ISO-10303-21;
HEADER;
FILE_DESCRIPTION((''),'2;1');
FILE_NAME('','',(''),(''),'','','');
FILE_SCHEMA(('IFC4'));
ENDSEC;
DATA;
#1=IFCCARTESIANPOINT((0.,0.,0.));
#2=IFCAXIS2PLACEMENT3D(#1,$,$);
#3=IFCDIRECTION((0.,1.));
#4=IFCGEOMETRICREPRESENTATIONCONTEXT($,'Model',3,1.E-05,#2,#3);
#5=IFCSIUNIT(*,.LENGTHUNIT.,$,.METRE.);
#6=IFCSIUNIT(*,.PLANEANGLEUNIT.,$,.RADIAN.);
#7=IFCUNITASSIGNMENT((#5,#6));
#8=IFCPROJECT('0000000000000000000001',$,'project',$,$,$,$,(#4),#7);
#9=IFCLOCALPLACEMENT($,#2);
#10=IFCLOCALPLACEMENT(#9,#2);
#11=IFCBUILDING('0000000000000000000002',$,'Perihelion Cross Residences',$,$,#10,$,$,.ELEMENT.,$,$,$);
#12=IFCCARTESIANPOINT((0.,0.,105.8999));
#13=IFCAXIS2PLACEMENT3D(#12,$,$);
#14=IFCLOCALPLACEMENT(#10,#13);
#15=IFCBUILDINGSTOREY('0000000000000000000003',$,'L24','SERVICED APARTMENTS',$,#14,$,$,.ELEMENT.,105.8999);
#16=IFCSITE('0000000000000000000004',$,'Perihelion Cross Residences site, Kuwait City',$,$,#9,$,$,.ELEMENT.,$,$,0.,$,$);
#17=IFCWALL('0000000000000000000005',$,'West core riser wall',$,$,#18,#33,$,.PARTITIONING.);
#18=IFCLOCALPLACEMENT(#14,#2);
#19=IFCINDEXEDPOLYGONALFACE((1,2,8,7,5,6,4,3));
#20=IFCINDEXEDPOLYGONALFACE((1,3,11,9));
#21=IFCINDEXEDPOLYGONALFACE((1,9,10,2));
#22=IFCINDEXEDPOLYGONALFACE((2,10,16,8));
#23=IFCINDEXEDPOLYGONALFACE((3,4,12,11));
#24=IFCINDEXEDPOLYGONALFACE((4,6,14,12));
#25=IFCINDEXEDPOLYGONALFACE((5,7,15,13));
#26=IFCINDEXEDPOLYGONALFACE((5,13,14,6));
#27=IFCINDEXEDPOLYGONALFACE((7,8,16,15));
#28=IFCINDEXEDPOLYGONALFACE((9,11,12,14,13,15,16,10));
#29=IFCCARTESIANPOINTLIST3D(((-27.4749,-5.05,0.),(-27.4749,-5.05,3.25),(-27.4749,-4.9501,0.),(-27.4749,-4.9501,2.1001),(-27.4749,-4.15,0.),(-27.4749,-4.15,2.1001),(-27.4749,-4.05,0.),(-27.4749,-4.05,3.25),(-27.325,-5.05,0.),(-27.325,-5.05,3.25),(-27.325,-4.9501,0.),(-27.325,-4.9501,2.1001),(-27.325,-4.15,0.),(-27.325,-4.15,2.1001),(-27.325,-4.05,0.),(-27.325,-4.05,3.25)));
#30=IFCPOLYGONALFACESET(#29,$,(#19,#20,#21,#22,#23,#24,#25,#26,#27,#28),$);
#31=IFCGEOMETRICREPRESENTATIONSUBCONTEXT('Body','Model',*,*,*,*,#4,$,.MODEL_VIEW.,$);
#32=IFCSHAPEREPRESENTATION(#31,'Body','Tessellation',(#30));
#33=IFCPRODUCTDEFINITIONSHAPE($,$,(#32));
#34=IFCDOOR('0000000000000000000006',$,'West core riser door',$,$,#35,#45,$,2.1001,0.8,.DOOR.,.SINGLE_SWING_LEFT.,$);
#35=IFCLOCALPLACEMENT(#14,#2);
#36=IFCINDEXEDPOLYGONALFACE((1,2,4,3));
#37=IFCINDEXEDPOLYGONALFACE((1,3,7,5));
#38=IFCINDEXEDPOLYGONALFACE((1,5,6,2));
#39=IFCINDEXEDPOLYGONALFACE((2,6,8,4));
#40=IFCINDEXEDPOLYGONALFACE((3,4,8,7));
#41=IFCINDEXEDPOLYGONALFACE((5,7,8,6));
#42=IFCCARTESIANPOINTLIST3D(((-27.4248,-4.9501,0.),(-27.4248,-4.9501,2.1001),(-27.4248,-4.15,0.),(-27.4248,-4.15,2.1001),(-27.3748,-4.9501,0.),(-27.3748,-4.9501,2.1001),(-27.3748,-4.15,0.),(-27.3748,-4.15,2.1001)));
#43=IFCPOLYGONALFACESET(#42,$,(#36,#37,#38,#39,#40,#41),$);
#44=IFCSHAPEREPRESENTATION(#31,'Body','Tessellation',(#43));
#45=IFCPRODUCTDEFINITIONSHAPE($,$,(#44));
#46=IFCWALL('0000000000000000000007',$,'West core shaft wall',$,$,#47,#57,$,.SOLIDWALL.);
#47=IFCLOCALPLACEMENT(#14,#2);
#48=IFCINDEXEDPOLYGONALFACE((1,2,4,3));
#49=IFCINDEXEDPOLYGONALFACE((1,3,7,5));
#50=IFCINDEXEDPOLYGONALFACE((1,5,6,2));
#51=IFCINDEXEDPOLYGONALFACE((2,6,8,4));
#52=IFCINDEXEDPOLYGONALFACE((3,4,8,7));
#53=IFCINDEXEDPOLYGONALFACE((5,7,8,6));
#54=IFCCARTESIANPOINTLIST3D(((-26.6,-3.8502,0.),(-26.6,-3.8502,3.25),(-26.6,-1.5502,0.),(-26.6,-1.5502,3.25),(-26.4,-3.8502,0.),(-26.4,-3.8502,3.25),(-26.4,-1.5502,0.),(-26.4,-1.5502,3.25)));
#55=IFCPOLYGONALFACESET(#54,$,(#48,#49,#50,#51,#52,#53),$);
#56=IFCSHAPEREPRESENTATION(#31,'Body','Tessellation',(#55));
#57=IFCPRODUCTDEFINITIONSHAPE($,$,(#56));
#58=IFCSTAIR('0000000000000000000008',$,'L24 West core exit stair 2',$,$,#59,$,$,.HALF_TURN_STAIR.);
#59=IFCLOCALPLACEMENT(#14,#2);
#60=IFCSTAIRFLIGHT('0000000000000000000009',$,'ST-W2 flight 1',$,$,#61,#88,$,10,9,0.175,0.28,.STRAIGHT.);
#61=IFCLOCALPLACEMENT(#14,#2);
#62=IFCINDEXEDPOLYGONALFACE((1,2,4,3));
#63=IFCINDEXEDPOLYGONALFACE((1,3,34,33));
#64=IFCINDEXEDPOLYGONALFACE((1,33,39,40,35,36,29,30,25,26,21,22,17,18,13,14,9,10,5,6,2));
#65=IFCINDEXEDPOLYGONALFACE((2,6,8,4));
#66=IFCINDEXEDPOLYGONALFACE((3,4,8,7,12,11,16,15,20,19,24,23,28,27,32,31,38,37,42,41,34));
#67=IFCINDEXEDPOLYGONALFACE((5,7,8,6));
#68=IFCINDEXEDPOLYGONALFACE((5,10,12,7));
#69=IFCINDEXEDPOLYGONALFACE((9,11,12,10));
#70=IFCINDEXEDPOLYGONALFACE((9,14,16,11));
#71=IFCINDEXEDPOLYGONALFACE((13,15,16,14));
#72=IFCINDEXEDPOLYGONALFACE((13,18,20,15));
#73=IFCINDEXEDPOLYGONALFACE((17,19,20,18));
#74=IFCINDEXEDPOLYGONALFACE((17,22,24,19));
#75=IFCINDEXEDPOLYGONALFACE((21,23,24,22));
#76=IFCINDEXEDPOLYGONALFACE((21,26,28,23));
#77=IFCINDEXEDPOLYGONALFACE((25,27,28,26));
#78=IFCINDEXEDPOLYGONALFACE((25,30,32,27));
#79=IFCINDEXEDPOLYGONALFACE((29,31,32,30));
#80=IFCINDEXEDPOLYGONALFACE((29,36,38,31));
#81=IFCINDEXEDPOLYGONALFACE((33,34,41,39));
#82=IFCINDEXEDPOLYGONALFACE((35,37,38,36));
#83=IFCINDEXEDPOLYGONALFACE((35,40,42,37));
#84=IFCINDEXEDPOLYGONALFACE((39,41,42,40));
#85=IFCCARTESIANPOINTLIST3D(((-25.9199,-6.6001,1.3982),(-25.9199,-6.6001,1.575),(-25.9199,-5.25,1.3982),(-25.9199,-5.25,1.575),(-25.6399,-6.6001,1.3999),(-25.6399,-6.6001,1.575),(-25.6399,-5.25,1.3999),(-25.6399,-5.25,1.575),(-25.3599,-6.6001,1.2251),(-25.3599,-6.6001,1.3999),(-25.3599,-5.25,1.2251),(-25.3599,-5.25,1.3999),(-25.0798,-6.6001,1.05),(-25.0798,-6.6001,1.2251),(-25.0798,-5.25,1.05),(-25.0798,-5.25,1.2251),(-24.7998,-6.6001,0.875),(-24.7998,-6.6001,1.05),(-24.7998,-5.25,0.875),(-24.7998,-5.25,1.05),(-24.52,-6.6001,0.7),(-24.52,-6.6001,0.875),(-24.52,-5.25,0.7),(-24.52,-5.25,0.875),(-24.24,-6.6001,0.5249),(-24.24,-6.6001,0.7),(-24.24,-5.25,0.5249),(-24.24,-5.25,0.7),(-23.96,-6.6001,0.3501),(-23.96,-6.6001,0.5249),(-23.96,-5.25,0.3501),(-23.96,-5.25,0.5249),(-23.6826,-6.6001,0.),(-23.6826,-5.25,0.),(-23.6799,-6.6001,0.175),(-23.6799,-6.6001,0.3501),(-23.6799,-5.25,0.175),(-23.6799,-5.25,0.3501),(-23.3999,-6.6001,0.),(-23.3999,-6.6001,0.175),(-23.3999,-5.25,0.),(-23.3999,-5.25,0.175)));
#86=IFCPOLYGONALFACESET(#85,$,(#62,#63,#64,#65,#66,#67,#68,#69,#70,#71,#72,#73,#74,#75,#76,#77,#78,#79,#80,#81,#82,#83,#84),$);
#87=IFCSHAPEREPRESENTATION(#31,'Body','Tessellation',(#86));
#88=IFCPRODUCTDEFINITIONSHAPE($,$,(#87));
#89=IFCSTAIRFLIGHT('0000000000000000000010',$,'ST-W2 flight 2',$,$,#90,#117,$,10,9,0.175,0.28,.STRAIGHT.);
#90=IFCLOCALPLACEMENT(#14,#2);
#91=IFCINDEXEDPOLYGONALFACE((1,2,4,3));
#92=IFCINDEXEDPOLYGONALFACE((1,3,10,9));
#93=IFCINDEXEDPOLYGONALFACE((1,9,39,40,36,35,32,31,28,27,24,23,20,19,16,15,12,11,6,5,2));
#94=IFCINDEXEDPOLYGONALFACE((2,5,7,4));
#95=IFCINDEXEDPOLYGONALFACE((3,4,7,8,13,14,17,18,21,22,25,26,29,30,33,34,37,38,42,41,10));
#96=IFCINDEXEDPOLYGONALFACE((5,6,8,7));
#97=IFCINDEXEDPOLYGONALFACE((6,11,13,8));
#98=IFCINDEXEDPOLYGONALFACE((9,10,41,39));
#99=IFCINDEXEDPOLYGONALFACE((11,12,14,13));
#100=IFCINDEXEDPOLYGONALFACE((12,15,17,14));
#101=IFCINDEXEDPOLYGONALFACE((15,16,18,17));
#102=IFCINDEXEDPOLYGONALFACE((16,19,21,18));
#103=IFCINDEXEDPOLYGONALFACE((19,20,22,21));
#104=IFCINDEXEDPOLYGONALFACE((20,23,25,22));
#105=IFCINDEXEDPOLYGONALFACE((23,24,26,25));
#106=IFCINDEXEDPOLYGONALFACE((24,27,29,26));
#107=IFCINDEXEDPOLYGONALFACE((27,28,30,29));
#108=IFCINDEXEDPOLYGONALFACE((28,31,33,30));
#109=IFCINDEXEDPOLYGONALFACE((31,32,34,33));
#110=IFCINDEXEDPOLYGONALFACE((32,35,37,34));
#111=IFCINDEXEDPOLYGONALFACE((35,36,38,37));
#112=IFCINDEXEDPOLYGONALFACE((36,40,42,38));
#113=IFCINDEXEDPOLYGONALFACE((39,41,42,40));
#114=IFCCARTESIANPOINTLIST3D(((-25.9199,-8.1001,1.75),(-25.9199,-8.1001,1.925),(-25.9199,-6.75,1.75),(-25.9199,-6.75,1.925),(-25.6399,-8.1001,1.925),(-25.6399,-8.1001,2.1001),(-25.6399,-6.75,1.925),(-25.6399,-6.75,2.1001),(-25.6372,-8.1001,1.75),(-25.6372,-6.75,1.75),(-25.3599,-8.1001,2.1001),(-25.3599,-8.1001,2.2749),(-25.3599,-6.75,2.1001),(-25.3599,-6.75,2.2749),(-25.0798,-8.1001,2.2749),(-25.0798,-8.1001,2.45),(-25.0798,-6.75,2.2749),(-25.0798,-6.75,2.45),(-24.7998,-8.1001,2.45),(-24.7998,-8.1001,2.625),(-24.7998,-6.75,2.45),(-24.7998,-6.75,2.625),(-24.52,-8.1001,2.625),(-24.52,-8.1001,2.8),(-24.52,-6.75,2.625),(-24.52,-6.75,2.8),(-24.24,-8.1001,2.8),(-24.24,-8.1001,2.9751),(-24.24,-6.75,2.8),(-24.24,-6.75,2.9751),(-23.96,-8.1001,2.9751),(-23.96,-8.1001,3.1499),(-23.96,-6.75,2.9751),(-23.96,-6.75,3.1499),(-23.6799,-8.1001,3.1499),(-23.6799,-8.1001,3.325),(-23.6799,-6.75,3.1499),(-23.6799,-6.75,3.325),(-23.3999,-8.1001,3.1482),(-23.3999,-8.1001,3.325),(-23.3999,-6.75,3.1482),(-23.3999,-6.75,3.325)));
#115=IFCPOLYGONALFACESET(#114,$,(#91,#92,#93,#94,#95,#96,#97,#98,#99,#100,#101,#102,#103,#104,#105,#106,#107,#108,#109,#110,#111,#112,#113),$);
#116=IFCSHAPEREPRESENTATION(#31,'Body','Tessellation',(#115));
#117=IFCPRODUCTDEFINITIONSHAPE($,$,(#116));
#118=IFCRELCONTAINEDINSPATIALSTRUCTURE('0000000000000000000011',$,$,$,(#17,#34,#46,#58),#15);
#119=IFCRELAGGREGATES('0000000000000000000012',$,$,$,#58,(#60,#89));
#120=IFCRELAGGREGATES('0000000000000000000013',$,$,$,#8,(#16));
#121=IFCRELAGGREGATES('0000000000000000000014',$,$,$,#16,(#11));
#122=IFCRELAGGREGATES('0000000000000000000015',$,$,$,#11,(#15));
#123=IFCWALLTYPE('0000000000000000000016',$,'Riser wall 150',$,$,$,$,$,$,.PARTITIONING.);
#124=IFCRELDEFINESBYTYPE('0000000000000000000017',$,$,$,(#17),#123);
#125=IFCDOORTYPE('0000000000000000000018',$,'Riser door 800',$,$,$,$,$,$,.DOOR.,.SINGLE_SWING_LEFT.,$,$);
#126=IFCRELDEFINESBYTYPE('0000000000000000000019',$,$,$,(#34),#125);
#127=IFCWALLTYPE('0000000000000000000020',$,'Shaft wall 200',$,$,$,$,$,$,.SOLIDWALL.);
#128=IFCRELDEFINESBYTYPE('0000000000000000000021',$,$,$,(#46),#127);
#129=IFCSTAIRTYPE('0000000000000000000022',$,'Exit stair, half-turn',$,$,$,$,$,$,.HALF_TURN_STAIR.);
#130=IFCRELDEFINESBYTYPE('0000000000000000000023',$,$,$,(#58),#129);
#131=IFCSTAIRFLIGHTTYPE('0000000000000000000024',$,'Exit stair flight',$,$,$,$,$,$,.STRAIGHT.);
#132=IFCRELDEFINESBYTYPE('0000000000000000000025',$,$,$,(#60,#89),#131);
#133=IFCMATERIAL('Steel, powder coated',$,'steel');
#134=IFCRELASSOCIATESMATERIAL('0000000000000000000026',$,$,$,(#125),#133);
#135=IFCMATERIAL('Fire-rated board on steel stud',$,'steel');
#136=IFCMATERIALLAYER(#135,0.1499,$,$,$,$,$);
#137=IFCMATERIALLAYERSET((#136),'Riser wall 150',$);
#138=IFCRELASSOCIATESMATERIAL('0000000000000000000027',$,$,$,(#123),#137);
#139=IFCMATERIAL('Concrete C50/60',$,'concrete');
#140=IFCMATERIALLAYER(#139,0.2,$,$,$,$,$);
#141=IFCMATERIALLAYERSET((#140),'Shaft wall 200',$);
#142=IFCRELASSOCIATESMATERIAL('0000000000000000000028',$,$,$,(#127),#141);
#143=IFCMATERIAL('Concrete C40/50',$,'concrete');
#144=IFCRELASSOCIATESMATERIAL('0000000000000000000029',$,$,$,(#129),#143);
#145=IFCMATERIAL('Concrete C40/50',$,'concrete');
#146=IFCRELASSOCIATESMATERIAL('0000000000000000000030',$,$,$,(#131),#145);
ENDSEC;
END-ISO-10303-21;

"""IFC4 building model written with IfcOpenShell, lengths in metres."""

from ifc_helpers import new_model, si_unit, direction, frame, frame_2d, origin, place, context, subcontext, project, spatial, polyline, rectangle, outline, extrude, material, layer, layer_set, type_object, element, fill, aggregate, save


model = new_model("IFC4")

# Units and contexts
model_context = context("Model", 3, precision=1e-05, world=origin(), true_north=direction((0.0, 1.0)))
body_context = subcontext(model_context, "Body", "Model", "MODEL_VIEW")
ifc_project = project(units=[si_unit("LENGTHUNIT", "METRE"), si_unit("PLANEANGLEUNIT", "RADIAN")], contexts=[model_context])

# Site, building, storey
site_placement = place(None, origin())
site = spatial("IfcSite", under=ifc_project, at=site_placement, Name="Perihelion Cross Residences site, Kuwait City", CompositionType="ELEMENT", RefElevation=0.0)
building_placement = place(site_placement, origin())
building = spatial("IfcBuilding", under=site, at=building_placement, Name="Perihelion Cross Residences", CompositionType="ELEMENT")
storey_placement = place(building_placement, frame((0.0, 0.0, 105.8999)))
storey = spatial("IfcBuildingStorey", under=building, at=storey_placement, Name="L24", Description="SERVICED APARTMENTS", CompositionType="ELEMENT", Elevation=105.8999)

# Wall, opening, door
ifc_material_1 = material(Name="Steel, powder coated", Category="steel")
door_type_1 = type_object("IfcDoorType", Name="Riser door 800", OperationType="SINGLE_SWING_LEFT", PredefinedType="DOOR", material=ifc_material_1)
ifc_material_2 = material(Name="Fire-rated board on steel stud", Category="steel")
ifc_layer_1 = layer(ifc_material_2, 0.1499)
ifc_layer_set_1 = layer_set([ifc_layer_1], Name="Riser wall 150")
wall_type_1 = type_object("IfcWallType", Name="Riser wall 150", PredefinedType="PARTITIONING", material=ifc_layer_set_1)
wall_1_placement = place(storey_placement, frame((-27.3999, -5.05, 0.0), z_axis=(0.0, 0.0, 1.0), x_axis=(0.0, 1.0, 0.0)))
wall_1 = element("IfcWall", 1, at=wall_1_placement, inside=storey, type_object=wall_type_1, Name="West core riser wall", PredefinedType="PARTITIONING", context=body_context, shape_type="SweptSolid", body=[
    extrude(rectangle(XDim=1.0, YDim=0.1499, at=frame_2d((0.5, 0.0))), origin(), (0.0, 0.0, 1.0), 3.25),
])
opening_1_placement = place(wall_1_placement, frame((0.1001, 0.0, 0.0)))
opening_1 = element("IfcOpeningElement", 2, at=opening_1_placement, cuts=wall_1, PredefinedType="OPENING", context=body_context, shape_type="SweptSolid", body=[
    extrude(rectangle(XDim=0.8, YDim=2.1001, at=frame_2d((0.3999, 1.05))), frame((0.0, 0.085, 0.0), z_axis=(0.0, -1.0, 0.0), x_axis=(1.0, 0.0, 0.0)), (0.0, 0.0, 1.0), 0.1699),
])
door_1_placement = place(opening_1_placement, origin())
door_1 = element("IfcDoor", 3, at=door_1_placement, inside=storey, type_object=door_type_1, Name="West core riser door", OperationType="SINGLE_SWING_LEFT", OverallHeight=2.1001, OverallWidth=0.8, PredefinedType="DOOR", context=body_context, shape_type="SweptSolid", body=[
    extrude(rectangle(XDim=0.8, YDim=2.1001, at=frame_2d((0.3999, 1.05))), frame((0.0, 0.0249, 0.0), z_axis=(0.0, -1.0, 0.0), x_axis=(1.0, 0.0, 0.0)), (0.0, 0.0, 1.0), 0.05),
])
fill(opening_1, door_1)

# Wall
ifc_material_3 = material(Name="Concrete C50/60", Category="concrete")
ifc_layer_2 = layer(ifc_material_3, 0.2)
ifc_layer_set_2 = layer_set([ifc_layer_2], Name="Shaft wall 200")
wall_type_2 = type_object("IfcWallType", Name="Shaft wall 200", PredefinedType="SOLIDWALL", material=ifc_layer_set_2)
wall_2_placement = place(storey_placement, frame((-26.5, -3.8501, 0.0), z_axis=(0.0, 0.0, 1.0), x_axis=(0.0, 1.0, 0.0)))
element("IfcWall", 4, at=wall_2_placement, inside=storey, type_object=wall_type_2, Name="West core shaft wall", PredefinedType="SOLIDWALL", context=body_context, shape_type="SweptSolid", body=[
    extrude(rectangle(XDim=2.3, YDim=0.2, at=frame_2d((1.1499, 0.0))), origin(), (0.0, 0.0, 1.0), 3.25),
])

# Stair, stair flights
ifc_material_4 = material(Name="Concrete C40/50", Category="concrete")
stair_type = type_object("IfcStairType", Name="Exit stair, half-turn", PredefinedType="HALF_TURN_STAIR", material=ifc_material_4)
stair_placement = place(storey_placement, origin())
stair = element("IfcStair", 5, at=stair_placement, inside=storey, type_object=stair_type, Name="L24 West core exit stair 2", PredefinedType="HALF_TURN_STAIR")
ifc_material_5 = material(Name="Concrete C40/50", Category="concrete")
stair_flight_type = type_object("IfcStairFlightType", Name="Exit stair flight", PredefinedType="STRAIGHT", material=ifc_material_5)
stair_flight_1_placement = place(storey_placement, frame((-23.3999, -5.925, 0.0), z_axis=(0.0, 0.0, 1.0), x_axis=(-1.0, 0.0, 0.0)))
stair_flight_1 = element("IfcStairFlight", 6, at=stair_flight_1_placement, type_object=stair_flight_type, Name="ST-W2 flight 1", NumberOfRisers=10, NumberOfTreads=9, PredefinedType="STRAIGHT", RiserHeight=0.175, TreadLength=0.28, context=body_context, shape_type="SweptSolid", body=[
    extrude(outline(polyline([(0.0, 0.0), (0.0, 0.175), (0.28, 0.175), (0.28, 0.3501), (0.5601, 0.3501), (0.5601, 0.5249), (0.8401, 0.5249), (0.8401, 0.7), (1.1201, 0.7), (1.1201, 0.875), (1.3999, 0.875), (1.3999, 1.05), (1.6799, 1.05), (1.6799, 1.2251), (1.96, 1.2251), (1.96, 1.3999), (2.24, 1.3999), (2.24, 1.575), (2.52, 1.575), (2.52, 1.75), (2.52, 1.3982), (0.2827, 0.0), (0.0, 0.0)])), frame((0.0, 0.675, 0.0), z_axis=(0.0, -1.0, 0.0), x_axis=(1.0, 0.0, 0.0)), (0.0, 0.0, 1.0), 1.3501),
])
stair_flight_2_placement = place(storey_placement, frame((-25.9199, -7.425, 1.75), z_axis=(0.0, 0.0, 1.0), x_axis=(1.0, 0.0, 0.0)))
stair_flight_2 = element("IfcStairFlight", 7, at=stair_flight_2_placement, type_object=stair_flight_type, Name="ST-W2 flight 2", NumberOfRisers=10, NumberOfTreads=9, PredefinedType="STRAIGHT", RiserHeight=0.175, TreadLength=0.28, context=body_context, shape_type="SweptSolid", body=[
    extrude(outline(polyline([(0.0, 0.0), (0.0, 0.175), (0.28, 0.175), (0.28, 0.3501), (0.5601, 0.3501), (0.5601, 0.5249), (0.8401, 0.5249), (0.8401, 0.7), (1.1201, 0.7), (1.1201, 0.875), (1.3999, 0.875), (1.3999, 1.05), (1.6799, 1.05), (1.6799, 1.2251), (1.96, 1.2251), (1.96, 1.3999), (2.24, 1.3999), (2.24, 1.575), (2.52, 1.575), (2.52, 1.75), (2.52, 1.3982), (0.2827, 0.0), (0.0, 0.0)])), frame((0.0, 0.675, 0.0), z_axis=(0.0, -1.0, 0.0), x_axis=(1.0, 0.0, 0.0)), (0.0, 0.0, 1.0), 1.3501),
])
aggregate(stair, [stair_flight_1, stair_flight_2])

save(model, "model.ifc")
